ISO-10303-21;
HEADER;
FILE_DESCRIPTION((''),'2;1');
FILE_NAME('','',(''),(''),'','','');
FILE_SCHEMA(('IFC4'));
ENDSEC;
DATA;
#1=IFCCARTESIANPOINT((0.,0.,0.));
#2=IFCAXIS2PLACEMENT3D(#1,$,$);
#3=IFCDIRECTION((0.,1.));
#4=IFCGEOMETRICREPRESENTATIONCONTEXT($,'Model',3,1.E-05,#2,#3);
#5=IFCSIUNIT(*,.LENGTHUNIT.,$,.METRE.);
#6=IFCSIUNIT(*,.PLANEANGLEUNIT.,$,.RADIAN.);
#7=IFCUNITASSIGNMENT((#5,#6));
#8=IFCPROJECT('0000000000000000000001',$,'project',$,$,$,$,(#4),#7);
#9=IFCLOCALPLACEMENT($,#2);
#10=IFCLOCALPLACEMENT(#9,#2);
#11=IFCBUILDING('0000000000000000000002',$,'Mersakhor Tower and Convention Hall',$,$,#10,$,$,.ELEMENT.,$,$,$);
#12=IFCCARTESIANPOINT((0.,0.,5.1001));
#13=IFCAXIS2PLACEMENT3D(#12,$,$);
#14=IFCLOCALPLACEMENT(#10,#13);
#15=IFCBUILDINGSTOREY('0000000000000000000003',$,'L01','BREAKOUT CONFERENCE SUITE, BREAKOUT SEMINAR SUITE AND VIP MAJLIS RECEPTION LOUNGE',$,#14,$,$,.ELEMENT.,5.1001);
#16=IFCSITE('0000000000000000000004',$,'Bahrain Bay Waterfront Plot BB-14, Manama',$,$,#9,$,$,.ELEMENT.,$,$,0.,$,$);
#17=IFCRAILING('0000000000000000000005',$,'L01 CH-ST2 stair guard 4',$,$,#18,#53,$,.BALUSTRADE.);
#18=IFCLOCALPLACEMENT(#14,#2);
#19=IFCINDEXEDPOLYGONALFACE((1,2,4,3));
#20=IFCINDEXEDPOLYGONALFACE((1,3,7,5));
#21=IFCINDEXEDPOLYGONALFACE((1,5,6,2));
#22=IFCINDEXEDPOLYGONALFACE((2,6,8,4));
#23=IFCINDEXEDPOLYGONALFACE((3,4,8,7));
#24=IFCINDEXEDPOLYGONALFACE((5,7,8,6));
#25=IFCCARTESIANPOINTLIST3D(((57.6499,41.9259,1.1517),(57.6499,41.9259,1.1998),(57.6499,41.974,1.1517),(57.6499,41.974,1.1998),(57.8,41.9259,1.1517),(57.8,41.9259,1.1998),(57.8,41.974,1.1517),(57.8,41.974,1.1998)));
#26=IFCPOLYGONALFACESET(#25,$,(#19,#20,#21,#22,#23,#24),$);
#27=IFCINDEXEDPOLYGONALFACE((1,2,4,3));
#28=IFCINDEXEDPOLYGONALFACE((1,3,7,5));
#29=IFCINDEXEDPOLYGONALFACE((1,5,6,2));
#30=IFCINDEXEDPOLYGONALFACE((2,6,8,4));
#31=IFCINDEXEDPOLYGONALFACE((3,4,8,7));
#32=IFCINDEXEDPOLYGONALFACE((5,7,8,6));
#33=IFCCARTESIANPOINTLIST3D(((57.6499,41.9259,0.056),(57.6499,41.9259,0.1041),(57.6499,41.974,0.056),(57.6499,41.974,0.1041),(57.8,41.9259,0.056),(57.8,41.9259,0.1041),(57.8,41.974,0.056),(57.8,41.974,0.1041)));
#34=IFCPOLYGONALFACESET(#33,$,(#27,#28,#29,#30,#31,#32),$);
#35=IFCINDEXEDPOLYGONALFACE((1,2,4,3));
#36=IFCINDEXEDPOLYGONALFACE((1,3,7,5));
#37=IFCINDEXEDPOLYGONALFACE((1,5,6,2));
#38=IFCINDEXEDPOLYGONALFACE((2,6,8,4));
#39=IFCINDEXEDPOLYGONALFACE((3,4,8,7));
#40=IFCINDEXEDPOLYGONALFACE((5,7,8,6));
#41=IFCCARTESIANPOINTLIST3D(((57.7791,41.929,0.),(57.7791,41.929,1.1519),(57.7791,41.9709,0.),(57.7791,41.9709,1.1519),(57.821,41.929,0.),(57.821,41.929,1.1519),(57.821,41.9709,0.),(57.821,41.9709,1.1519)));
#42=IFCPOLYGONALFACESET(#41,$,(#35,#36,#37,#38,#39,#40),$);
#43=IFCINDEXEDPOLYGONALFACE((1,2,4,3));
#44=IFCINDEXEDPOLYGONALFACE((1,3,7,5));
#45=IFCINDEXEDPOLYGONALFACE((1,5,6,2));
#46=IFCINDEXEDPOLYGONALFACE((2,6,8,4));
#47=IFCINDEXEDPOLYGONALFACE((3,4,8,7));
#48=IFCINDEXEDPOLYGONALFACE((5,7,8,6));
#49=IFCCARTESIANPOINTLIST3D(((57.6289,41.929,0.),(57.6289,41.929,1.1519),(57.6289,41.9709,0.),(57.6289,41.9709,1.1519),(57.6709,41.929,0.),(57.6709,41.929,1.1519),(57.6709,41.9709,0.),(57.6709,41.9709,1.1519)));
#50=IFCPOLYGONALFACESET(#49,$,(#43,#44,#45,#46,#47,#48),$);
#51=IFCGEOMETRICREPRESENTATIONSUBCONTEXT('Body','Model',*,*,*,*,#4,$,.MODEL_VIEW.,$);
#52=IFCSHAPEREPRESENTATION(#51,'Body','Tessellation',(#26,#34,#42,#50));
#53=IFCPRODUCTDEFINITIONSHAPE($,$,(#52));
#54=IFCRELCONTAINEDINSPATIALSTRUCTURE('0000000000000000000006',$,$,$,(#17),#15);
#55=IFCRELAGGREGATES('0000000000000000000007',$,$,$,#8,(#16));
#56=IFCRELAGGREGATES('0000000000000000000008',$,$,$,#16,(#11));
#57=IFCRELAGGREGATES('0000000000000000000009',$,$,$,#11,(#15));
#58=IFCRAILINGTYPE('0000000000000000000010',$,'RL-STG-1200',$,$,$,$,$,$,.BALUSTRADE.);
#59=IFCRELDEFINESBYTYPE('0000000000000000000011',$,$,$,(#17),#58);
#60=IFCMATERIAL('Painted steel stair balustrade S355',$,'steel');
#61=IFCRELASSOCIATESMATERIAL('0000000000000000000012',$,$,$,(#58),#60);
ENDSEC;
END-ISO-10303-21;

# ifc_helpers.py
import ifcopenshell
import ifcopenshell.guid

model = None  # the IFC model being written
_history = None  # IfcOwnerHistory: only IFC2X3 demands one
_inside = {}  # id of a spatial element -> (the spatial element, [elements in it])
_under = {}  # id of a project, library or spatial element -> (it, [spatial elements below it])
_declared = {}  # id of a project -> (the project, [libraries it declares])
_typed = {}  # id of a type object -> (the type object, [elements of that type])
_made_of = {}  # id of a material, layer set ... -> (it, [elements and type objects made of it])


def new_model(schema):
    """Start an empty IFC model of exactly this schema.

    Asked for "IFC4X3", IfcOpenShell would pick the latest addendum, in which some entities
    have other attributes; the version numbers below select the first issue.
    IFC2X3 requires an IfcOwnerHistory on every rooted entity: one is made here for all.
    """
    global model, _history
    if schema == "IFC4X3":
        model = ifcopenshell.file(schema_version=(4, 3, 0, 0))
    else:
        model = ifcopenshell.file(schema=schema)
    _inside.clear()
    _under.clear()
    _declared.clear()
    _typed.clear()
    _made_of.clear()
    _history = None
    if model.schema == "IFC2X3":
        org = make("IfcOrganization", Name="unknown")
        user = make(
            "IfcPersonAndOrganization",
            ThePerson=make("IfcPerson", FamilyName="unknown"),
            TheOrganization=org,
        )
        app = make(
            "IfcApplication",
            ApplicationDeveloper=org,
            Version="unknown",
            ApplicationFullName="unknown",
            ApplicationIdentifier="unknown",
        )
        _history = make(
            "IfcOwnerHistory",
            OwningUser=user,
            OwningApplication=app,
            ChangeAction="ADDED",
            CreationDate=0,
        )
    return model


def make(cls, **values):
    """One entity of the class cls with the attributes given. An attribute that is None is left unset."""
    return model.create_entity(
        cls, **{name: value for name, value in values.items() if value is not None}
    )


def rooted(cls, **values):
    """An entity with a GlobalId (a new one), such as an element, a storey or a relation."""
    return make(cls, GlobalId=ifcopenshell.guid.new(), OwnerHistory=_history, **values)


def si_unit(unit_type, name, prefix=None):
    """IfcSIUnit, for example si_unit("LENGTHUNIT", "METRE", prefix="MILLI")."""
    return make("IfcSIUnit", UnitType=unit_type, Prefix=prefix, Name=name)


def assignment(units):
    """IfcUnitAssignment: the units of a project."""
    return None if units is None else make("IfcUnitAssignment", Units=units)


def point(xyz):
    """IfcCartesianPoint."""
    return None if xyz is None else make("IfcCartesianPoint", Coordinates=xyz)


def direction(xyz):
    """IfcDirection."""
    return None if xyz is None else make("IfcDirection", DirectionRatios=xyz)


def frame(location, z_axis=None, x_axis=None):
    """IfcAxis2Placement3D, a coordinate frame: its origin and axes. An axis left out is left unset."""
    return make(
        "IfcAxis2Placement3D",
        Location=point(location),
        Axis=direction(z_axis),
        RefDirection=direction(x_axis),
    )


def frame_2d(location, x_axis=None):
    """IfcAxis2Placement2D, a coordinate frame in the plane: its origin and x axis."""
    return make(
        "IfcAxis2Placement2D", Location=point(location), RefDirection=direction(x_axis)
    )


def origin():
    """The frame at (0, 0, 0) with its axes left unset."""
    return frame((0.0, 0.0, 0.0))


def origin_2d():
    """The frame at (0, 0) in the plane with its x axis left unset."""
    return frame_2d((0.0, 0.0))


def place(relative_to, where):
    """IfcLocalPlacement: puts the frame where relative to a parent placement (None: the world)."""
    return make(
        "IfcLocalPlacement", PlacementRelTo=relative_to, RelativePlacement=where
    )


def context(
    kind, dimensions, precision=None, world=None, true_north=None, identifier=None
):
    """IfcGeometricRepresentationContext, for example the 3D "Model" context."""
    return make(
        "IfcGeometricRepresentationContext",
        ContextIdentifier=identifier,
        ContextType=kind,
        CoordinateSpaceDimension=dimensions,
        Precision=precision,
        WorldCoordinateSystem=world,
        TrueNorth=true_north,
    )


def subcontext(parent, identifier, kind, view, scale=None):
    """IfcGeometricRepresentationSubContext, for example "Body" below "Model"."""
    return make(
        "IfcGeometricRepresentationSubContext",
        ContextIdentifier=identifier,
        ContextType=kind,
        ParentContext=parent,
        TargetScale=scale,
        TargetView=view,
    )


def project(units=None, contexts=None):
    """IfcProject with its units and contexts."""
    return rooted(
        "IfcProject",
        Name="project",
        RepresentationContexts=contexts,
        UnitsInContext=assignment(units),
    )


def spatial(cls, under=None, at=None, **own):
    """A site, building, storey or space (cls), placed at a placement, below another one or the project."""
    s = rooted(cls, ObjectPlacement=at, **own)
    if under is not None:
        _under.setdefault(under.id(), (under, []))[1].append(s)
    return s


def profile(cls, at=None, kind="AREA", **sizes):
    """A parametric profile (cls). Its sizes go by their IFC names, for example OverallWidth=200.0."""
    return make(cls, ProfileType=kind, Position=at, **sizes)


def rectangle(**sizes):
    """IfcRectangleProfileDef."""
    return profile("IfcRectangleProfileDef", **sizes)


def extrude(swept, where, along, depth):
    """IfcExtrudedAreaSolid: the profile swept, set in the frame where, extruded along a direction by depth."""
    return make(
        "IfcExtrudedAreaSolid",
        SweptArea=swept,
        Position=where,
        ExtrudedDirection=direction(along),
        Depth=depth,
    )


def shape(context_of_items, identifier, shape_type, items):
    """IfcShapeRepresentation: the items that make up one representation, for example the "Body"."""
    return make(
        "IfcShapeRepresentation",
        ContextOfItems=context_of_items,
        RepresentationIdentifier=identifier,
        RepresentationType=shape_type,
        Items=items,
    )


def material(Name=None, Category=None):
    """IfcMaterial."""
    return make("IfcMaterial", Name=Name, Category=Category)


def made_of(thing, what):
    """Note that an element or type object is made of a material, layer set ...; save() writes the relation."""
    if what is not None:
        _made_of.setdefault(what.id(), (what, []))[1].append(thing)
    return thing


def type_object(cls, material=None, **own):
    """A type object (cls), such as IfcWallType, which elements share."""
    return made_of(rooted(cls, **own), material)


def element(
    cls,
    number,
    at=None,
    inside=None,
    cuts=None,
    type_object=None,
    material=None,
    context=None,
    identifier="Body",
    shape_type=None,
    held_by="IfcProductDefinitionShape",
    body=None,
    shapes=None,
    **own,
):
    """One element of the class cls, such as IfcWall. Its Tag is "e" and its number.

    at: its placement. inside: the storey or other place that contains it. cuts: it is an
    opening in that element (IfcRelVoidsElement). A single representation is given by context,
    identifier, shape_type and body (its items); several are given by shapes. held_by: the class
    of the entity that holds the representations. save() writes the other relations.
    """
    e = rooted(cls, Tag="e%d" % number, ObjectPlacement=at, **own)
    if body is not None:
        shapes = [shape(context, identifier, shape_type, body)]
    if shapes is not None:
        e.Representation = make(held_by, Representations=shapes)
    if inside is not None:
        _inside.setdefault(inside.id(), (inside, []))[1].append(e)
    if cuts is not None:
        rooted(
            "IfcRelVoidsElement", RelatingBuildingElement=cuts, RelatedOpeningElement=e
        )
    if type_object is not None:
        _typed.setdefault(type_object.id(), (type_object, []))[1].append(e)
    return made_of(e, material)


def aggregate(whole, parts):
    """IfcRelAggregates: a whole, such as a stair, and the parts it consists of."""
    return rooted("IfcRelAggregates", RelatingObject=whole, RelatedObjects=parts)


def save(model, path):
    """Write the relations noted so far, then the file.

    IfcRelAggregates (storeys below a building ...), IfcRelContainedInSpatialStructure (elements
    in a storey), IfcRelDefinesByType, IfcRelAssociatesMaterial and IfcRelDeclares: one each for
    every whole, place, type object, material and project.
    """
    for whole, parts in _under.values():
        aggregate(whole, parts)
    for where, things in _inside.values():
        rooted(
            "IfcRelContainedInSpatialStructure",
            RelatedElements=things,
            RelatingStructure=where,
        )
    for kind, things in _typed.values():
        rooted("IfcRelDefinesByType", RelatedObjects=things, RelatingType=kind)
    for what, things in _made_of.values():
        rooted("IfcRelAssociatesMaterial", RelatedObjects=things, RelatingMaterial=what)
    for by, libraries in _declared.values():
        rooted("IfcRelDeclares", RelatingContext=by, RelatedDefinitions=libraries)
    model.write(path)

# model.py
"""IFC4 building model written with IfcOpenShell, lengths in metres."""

from ifc_helpers import new_model, si_unit, direction, frame, origin, origin_2d, place, context, subcontext, project, spatial, rectangle, extrude, material, type_object, element, save


model = new_model("IFC4")

# Units and contexts
model_context = context("Model", 3, precision=1e-05, world=origin(), true_north=direction((0.0, 1.0)))
body_context = subcontext(model_context, "Body", "Model", "MODEL_VIEW")
ifc_project = project(units=[si_unit("LENGTHUNIT", "METRE"), si_unit("PLANEANGLEUNIT", "RADIAN")], contexts=[model_context])

# Site, building, storey
site_placement = place(None, origin())
site = spatial("IfcSite", under=ifc_project, at=site_placement, Name="Bahrain Bay Waterfront Plot BB-14, Manama", CompositionType="ELEMENT", RefElevation=0.0)
building_placement = place(site_placement, origin())
building = spatial("IfcBuilding", under=site, at=building_placement, Name="Mersakhor Tower and Convention Hall", CompositionType="ELEMENT")
storey_placement = place(building_placement, frame((0.0, 0.0, 5.1001)))
storey = spatial("IfcBuildingStorey", under=building, at=storey_placement, Name="L01", Description="BREAKOUT CONFERENCE SUITE, BREAKOUT SEMINAR SUITE AND VIP MAJLIS RECEPTION LOUNGE", CompositionType="ELEMENT", Elevation=5.1001)

# Railing
ifc_material_1 = material(Name="Painted steel stair balustrade S355", Category="steel")
railing_type_1 = type_object("IfcRailingType", Name="RL-STG-1200", PredefinedType="BALUSTRADE", material=ifc_material_1)
railing_1_placement = place(storey_placement, frame((57.8, 41.95, 0.0)))
element("IfcRailing", 1, at=railing_1_placement, inside=storey, type_object=railing_type_1, Name="L01 CH-ST2 stair guard 4", PredefinedType="BALUSTRADE", context=body_context, shape_type="SweptSolid", body=[
    extrude(rectangle(XDim=0.0481, YDim=0.0481, at=origin_2d()), frame((0.0, 0.0, 1.1758), z_axis=(-1.0, 0.0, 0.0), x_axis=(0.0, -1.0, 0.0)), (0.0, 0.0, 1.0), 0.1501),
    extrude(rectangle(XDim=0.0481, YDim=0.0481, at=origin_2d()), frame((0.0, 0.0, 0.0801), z_axis=(-1.0, 0.0, 0.0), x_axis=(0.0, -1.0, 0.0)), (0.0, 0.0, 1.0), 0.1501),
    extrude(rectangle(XDim=0.042, YDim=0.042, at=origin_2d()), origin(), (0.0, 0.0, 1.0), 1.1519),
    extrude(rectangle(XDim=0.042, YDim=0.042, at=origin_2d()), frame((-0.1501, 0.0, 0.0)), (0.0, 0.0, 1.0), 1.1519),
])

save(model, "model.ifc")
